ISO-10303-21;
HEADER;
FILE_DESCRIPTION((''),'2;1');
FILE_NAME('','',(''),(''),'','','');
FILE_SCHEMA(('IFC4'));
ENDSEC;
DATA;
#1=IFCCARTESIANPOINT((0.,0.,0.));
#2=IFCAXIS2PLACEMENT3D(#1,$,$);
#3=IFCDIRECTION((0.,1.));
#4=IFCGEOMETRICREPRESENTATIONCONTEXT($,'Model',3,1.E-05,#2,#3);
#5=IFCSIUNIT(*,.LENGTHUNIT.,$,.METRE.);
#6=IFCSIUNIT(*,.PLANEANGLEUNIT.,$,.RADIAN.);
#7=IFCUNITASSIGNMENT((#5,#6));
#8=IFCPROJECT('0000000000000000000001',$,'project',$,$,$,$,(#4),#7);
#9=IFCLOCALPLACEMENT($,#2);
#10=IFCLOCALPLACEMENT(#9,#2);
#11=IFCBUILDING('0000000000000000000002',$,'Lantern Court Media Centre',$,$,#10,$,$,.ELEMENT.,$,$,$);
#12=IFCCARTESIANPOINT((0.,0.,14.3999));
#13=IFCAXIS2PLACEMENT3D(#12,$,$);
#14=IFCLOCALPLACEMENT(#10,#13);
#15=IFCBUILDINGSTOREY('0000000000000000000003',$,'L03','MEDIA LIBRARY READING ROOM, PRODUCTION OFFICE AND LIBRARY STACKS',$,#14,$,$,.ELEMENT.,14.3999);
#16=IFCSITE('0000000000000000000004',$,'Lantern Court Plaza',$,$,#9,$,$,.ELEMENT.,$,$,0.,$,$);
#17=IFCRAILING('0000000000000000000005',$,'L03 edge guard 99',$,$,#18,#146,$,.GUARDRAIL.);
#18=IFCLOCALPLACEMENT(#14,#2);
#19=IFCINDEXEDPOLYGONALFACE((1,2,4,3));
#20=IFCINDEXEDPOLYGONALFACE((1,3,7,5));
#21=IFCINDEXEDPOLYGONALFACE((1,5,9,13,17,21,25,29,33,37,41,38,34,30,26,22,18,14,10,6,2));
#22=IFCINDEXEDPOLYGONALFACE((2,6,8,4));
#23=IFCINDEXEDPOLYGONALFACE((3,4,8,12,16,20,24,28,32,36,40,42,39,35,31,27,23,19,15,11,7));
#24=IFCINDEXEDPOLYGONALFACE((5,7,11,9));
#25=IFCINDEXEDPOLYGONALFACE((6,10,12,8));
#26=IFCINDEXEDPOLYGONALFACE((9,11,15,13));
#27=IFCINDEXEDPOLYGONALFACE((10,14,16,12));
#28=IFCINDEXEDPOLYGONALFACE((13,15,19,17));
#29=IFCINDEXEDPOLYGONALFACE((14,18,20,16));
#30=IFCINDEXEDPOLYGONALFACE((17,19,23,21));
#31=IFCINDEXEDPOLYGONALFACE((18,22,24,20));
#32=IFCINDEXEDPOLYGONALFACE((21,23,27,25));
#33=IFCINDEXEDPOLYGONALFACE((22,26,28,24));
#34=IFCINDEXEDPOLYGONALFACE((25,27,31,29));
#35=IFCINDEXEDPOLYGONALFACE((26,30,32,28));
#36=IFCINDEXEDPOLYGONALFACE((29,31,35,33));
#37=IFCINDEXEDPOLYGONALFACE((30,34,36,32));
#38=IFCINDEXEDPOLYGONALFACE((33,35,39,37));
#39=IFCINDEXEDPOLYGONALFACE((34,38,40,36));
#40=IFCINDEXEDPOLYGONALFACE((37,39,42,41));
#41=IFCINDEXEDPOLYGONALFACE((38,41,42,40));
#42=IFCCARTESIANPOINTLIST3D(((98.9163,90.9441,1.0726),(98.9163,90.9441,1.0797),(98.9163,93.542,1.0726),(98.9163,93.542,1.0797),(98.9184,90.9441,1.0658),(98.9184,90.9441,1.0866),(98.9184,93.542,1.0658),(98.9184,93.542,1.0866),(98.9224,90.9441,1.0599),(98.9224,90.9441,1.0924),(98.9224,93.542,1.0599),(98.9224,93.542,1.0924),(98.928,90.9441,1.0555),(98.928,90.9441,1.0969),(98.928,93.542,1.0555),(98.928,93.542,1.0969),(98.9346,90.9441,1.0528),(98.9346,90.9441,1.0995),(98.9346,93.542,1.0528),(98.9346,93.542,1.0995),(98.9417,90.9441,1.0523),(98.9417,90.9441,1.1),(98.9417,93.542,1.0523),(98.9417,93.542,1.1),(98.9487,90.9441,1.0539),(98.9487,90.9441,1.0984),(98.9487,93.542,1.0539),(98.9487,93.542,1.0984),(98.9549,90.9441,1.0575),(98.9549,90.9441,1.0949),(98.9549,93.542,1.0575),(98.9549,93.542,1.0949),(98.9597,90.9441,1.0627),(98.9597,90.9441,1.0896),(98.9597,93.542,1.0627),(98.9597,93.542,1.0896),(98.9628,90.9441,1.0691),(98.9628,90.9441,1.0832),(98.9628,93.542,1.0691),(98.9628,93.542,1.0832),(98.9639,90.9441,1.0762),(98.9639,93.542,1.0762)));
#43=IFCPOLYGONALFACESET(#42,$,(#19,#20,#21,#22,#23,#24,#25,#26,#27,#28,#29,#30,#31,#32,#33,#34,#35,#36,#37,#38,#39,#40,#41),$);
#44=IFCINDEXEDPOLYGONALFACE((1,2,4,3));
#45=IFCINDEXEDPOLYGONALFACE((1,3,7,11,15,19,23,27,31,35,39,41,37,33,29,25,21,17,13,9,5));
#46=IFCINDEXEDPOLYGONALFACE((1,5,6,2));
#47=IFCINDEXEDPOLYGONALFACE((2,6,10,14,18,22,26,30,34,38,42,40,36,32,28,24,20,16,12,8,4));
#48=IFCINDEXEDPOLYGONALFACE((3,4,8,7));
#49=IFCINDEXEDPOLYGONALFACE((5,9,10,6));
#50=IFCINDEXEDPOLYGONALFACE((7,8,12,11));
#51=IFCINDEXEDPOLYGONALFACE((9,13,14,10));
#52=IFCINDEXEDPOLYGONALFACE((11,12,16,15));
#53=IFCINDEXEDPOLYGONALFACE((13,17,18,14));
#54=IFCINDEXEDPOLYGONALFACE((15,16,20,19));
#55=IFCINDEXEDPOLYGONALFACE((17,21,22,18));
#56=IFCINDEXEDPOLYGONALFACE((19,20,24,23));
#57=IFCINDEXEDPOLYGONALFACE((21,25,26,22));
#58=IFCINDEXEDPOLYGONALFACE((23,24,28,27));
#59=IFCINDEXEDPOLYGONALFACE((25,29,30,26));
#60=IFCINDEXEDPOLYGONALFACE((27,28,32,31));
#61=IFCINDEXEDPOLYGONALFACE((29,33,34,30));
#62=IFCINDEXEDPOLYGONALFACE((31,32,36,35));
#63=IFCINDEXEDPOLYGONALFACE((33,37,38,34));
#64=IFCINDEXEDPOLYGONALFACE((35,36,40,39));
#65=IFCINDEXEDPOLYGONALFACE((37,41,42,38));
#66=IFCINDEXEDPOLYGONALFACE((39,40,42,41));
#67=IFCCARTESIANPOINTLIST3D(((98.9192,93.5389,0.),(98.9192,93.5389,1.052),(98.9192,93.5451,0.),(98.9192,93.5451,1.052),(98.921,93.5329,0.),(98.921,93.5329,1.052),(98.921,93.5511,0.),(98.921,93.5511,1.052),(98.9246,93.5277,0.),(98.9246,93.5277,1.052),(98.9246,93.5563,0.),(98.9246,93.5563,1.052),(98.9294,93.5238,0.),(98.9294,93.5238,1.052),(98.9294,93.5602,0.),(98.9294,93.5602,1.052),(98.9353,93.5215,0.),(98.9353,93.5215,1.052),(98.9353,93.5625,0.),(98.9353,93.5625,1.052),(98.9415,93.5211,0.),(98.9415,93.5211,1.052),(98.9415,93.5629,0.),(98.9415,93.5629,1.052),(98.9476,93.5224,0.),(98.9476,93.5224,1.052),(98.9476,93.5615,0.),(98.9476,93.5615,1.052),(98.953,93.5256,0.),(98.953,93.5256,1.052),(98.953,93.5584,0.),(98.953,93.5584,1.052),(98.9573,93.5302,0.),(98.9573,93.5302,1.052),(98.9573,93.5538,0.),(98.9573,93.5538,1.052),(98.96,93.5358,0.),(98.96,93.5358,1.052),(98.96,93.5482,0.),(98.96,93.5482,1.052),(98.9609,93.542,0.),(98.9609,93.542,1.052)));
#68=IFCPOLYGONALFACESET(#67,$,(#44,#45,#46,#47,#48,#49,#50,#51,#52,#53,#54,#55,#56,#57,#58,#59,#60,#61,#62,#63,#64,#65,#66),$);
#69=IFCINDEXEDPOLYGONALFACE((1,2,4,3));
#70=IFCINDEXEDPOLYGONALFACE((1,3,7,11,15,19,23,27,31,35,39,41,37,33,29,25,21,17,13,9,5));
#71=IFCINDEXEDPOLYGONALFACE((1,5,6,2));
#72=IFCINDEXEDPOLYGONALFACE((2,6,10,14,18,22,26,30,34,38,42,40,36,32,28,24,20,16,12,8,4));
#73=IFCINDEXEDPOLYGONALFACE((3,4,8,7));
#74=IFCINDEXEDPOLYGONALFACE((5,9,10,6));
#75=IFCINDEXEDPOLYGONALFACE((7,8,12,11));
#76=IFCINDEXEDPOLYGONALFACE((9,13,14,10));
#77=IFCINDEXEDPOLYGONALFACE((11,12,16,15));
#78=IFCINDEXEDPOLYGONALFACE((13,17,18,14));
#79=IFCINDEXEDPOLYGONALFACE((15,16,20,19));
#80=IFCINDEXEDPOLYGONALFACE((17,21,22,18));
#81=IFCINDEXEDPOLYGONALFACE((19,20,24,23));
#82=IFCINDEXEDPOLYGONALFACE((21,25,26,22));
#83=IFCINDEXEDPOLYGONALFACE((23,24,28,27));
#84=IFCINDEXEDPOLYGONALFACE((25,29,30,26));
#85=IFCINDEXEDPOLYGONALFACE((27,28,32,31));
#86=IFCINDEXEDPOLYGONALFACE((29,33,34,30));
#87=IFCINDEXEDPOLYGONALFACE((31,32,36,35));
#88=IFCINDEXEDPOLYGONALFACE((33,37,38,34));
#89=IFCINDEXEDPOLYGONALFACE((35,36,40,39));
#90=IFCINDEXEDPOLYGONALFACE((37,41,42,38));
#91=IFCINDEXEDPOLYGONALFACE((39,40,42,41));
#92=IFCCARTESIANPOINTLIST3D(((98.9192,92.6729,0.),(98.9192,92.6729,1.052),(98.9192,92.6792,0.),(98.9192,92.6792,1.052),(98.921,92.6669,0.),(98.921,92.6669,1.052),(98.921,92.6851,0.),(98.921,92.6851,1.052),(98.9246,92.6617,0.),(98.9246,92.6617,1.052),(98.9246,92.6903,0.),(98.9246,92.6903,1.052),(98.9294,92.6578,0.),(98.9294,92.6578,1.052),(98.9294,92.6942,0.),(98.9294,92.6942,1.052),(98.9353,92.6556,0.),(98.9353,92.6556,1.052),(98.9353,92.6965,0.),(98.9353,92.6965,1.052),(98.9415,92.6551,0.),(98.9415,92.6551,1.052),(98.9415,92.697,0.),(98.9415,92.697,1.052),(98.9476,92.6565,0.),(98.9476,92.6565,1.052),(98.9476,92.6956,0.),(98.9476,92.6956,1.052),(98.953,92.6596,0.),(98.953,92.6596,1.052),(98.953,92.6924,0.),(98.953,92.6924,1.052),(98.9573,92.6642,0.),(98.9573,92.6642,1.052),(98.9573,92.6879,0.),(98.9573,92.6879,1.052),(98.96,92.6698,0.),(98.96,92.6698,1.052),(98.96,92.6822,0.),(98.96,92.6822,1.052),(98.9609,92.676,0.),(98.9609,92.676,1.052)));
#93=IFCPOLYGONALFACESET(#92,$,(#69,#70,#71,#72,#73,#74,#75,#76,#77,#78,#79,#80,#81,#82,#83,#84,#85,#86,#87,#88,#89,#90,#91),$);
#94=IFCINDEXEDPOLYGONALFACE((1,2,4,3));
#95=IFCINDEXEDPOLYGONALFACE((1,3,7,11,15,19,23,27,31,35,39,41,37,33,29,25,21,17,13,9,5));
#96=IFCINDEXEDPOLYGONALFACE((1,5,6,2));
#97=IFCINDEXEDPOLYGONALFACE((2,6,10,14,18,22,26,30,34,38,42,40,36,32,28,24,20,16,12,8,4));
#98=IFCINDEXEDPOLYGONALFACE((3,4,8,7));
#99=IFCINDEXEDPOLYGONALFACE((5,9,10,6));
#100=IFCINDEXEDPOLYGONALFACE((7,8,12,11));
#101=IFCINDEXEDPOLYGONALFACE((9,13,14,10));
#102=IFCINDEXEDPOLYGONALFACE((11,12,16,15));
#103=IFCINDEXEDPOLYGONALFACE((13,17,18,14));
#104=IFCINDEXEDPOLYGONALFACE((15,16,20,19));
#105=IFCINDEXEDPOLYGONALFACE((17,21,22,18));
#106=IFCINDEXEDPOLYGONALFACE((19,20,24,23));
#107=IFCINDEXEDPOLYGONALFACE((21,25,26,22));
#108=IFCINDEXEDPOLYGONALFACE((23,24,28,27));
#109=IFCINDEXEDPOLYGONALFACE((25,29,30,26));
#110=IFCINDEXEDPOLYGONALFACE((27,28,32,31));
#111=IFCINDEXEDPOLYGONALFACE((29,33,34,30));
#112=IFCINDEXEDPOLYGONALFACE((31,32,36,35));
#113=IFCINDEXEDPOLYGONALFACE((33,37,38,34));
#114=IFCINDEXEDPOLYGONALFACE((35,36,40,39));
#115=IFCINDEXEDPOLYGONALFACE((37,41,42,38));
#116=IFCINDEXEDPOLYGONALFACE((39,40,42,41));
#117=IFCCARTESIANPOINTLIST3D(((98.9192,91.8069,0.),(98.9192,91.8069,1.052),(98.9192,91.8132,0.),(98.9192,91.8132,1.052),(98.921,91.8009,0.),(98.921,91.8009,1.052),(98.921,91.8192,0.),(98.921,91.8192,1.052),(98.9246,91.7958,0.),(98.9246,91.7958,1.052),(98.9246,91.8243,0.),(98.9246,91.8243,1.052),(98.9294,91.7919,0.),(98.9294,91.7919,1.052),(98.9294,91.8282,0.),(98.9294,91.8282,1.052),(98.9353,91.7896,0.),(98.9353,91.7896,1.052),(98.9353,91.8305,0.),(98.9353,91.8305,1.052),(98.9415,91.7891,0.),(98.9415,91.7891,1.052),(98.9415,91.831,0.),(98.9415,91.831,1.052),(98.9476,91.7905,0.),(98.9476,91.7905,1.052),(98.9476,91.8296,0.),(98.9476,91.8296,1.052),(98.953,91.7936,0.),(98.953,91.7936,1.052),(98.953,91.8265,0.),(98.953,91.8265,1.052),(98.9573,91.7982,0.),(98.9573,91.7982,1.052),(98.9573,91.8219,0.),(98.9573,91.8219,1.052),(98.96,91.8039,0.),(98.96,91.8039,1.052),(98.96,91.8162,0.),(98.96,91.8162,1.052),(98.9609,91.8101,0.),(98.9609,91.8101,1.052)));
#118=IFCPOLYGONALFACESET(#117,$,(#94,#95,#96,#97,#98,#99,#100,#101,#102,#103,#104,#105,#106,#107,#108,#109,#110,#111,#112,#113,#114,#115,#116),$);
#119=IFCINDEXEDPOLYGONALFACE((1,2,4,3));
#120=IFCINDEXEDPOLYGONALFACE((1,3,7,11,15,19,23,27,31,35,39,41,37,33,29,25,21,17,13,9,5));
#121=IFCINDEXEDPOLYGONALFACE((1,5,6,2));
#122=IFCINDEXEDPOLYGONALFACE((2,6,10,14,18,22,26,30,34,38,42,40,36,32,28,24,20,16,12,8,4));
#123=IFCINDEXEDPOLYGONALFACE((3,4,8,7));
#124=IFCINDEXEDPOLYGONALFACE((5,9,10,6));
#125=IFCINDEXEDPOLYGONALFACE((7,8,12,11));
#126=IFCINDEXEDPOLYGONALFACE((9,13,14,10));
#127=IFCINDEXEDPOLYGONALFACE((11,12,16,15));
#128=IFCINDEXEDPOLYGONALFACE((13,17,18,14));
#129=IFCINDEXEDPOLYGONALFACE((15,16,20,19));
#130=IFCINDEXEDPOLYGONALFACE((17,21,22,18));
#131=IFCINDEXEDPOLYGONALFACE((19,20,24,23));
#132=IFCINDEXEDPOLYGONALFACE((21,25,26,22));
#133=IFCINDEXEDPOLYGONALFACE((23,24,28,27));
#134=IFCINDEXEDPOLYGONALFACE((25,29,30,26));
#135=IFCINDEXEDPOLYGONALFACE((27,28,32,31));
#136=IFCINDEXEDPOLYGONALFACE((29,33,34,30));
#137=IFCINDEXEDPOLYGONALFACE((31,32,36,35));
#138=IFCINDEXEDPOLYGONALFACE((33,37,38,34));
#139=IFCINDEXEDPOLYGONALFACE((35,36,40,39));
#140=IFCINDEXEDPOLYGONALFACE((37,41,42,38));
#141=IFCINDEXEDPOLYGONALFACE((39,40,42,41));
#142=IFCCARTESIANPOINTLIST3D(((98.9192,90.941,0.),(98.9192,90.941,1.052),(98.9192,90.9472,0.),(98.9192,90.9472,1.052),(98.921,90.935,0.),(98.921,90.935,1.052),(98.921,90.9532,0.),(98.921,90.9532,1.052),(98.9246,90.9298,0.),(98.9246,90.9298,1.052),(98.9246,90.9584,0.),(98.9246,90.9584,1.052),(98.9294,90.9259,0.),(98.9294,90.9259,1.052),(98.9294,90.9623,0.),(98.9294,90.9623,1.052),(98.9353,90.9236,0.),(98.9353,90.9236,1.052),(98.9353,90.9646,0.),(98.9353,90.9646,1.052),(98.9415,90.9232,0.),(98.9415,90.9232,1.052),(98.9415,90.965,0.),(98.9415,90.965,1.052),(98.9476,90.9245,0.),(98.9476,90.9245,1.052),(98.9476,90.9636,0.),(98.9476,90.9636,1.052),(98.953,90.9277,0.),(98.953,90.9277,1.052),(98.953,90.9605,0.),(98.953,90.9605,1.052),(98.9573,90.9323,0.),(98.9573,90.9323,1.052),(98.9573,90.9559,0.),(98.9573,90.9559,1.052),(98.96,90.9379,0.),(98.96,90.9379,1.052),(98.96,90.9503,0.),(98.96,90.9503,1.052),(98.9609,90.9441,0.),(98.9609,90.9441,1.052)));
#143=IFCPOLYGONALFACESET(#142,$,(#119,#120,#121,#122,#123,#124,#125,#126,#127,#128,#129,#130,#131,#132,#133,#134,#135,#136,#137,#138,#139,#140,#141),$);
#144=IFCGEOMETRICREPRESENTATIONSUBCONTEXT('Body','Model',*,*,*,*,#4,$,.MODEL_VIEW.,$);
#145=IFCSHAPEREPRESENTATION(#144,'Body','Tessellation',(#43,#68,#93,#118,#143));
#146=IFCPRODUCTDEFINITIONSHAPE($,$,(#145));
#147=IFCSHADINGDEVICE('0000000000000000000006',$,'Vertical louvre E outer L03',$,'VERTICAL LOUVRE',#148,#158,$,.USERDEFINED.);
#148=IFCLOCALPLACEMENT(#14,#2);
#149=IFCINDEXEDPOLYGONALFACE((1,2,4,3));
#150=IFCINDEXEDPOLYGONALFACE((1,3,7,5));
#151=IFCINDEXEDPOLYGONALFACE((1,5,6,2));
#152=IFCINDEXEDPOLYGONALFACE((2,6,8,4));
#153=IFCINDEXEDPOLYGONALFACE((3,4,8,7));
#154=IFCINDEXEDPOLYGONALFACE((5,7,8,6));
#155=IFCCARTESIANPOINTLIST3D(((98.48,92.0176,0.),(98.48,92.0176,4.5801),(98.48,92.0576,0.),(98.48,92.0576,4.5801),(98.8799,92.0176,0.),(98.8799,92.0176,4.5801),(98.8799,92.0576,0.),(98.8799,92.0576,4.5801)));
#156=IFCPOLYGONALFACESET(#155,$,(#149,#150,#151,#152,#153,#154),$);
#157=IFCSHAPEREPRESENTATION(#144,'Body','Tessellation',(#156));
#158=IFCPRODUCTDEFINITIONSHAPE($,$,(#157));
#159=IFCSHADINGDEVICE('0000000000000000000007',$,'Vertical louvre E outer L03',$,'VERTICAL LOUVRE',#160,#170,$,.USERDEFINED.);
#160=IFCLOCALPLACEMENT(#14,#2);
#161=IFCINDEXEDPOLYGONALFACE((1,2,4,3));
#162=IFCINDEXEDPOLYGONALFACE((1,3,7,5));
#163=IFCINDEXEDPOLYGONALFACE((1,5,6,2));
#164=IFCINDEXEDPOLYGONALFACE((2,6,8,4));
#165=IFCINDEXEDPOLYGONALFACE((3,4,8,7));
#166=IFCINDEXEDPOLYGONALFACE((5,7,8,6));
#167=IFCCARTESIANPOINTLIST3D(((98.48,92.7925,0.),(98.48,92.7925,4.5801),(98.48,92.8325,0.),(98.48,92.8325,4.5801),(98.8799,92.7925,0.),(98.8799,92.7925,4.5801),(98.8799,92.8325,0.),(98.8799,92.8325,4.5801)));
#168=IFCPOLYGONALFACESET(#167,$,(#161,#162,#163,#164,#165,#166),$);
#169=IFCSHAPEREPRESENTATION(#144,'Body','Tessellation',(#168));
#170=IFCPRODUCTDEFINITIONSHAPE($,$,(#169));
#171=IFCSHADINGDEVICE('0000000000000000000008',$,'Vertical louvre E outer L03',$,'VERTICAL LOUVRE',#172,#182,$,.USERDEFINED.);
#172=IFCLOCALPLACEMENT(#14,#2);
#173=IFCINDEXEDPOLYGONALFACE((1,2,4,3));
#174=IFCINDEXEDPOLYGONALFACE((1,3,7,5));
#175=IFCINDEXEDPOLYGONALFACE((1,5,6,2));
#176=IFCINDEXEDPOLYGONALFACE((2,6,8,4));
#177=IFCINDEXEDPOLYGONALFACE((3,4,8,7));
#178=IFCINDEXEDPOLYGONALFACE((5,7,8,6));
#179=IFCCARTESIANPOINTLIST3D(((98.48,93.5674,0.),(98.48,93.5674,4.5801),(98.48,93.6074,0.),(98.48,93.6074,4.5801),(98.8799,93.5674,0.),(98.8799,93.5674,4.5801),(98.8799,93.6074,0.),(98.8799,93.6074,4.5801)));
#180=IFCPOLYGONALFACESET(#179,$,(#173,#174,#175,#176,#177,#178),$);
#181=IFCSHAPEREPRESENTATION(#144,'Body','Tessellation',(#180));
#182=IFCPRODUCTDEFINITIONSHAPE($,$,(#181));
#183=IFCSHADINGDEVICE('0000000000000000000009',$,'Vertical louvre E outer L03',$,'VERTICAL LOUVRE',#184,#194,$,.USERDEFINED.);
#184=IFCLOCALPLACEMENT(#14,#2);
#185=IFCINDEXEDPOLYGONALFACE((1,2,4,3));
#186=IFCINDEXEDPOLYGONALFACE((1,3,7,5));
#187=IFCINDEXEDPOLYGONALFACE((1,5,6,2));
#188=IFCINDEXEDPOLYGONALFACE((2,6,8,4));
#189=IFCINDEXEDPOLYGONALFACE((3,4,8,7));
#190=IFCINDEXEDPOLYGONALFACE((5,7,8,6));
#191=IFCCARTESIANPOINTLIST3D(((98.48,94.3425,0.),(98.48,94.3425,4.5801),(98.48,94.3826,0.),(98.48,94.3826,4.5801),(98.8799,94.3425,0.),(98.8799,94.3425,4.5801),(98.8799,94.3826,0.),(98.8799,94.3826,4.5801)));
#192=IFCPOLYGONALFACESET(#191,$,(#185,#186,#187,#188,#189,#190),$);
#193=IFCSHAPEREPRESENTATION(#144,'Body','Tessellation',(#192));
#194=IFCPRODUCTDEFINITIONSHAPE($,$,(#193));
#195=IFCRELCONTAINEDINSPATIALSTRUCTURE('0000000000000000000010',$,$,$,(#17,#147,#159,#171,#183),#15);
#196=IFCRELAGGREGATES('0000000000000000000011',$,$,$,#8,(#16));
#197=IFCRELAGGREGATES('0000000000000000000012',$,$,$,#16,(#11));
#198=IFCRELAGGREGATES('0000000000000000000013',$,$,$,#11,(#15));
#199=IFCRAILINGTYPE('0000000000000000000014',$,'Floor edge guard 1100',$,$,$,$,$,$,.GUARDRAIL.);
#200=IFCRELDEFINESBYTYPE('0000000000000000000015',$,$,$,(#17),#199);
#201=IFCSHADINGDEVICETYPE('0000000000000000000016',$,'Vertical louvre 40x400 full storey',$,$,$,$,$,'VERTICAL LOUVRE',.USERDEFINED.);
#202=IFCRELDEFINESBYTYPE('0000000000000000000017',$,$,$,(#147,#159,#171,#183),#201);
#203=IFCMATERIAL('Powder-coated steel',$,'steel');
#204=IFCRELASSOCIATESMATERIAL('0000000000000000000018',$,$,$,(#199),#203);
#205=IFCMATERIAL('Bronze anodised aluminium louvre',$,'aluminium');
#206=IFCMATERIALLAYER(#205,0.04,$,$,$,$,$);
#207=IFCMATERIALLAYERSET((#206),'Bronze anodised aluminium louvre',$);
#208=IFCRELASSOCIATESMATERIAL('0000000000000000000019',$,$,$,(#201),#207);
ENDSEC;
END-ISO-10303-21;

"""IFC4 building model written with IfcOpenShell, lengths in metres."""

from ifc_helpers import new_model, si_unit, direction, frame, origin, origin_2d, place, context, subcontext, project, spatial, rectangle, circle, extrude, material, layer, layer_set, type_object, element, save


model = new_model("IFC4")

# Units and contexts
model_context = context("Model", 3, precision=1e-05, world=origin(), true_north=direction((0.0, 1.0)))
body_context = subcontext(model_context, "Body", "Model", "MODEL_VIEW")
ifc_project = project(units=[si_unit("LENGTHUNIT", "METRE"), si_unit("PLANEANGLEUNIT", "RADIAN")], contexts=[model_context])

# Site, building, storey
site_placement = place(None, origin())
site = spatial("IfcSite", under=ifc_project, at=site_placement, Name="Lantern Court Plaza", CompositionType="ELEMENT", RefElevation=0.0)
building_placement = place(site_placement, origin())
building = spatial("IfcBuilding", under=site, at=building_placement, Name="Lantern Court Media Centre", CompositionType="ELEMENT")
storey_placement = place(building_placement, frame((0.0, 0.0, 14.3999)))
storey = spatial("IfcBuildingStorey", under=building, at=storey_placement, Name="L03", Description="MEDIA LIBRARY READING ROOM, PRODUCTION OFFICE AND LIBRARY STACKS", CompositionType="ELEMENT", Elevation=14.3999)

# Railing
ifc_material_1 = material(Name="Powder-coated steel", Category="steel")
railing_type = type_object("IfcRailingType", Name="Floor edge guard 1100", PredefinedType="GUARDRAIL", material=ifc_material_1)
railing_1_placement = place(storey_placement, frame((98.9399, 93.542, 0.0)))
element("IfcRailing", 1, at=railing_1_placement, inside=storey, type_object=railing_type, Name="L03 edge guard 99", PredefinedType="GUARDRAIL", context=body_context, shape_type="SweptSolid", body=[
    extrude(circle(Radius=0.0239, at=origin_2d()), frame((0.0, 0.0, 1.0762), z_axis=(0.0, -1.0, 0.0), x_axis=(1.0, 0.0, 0.0)), (0.0, 0.0, 1.0), 2.5979),
    extrude(circle(Radius=0.021, at=origin_2d()), origin(), (0.0, 0.0, 1.0), 1.052),
    extrude(circle(Radius=0.021, at=origin_2d()), frame((0.0, -0.866, 0.0)), (0.0, 0.0, 1.0), 1.052),
    extrude(circle(Radius=0.021, at=origin_2d()), frame((0.0, -1.7319, 0.0)), (0.0, 0.0, 1.0), 1.052),
    extrude(circle(Radius=0.021, at=origin_2d()), frame((0.0, -2.5979, 0.0)), (0.0, 0.0, 1.0), 1.052),
])

# Shading devices
ifc_material_2 = material(Name="Bronze anodised aluminium louvre", Category="aluminium")
ifc_layer_1 = layer(ifc_material_2, 0.04)
ifc_layer_set_1 = layer_set([ifc_layer_1], Name="Bronze anodised aluminium louvre")
shading_device_type = type_object("IfcShadingDeviceType", Name="Vertical louvre 40x400 full storey", ElementType="VERTICAL LOUVRE", PredefinedType="USERDEFINED", material=ifc_layer_set_1)
for number, where, z_axis, x_axis, name in (
    (2, (98.6799, 92.0376, 0.0), (0.0, 0.0, 1.0), (1.0, 0.0, 0.0), "Vertical louvre E outer L03"),
    (3, (98.6799, 92.8125, 0.0), (0.0, 0.0, 1.0), (1.0, 0.0, 0.0), "Vertical louvre E outer L03"),
    (4, (98.6799, 93.5874, 0.0), (0.0, 0.0, 1.0), (1.0, 0.0, 0.0), "Vertical louvre E outer L03"),
    (5, (98.6799, 94.3625, 0.0), (0.0, 0.0, 1.0), (1.0, 0.0, 0.0), "Vertical louvre E outer L03"),
):
    element("IfcShadingDevice", number, at=place(storey_placement, frame(where, z_axis=z_axis, x_axis=x_axis)), inside=storey, type_object=shading_device_type, Name=name, ObjectType="VERTICAL LOUVRE", PredefinedType="USERDEFINED", context=body_context, shape_type="SweptSolid", body=[
        extrude(rectangle(XDim=0.3999, YDim=0.04, at=origin_2d()), origin(), (0.0, 0.0, 1.0), 4.5801),
    ])

save(model, "model.ifc")
